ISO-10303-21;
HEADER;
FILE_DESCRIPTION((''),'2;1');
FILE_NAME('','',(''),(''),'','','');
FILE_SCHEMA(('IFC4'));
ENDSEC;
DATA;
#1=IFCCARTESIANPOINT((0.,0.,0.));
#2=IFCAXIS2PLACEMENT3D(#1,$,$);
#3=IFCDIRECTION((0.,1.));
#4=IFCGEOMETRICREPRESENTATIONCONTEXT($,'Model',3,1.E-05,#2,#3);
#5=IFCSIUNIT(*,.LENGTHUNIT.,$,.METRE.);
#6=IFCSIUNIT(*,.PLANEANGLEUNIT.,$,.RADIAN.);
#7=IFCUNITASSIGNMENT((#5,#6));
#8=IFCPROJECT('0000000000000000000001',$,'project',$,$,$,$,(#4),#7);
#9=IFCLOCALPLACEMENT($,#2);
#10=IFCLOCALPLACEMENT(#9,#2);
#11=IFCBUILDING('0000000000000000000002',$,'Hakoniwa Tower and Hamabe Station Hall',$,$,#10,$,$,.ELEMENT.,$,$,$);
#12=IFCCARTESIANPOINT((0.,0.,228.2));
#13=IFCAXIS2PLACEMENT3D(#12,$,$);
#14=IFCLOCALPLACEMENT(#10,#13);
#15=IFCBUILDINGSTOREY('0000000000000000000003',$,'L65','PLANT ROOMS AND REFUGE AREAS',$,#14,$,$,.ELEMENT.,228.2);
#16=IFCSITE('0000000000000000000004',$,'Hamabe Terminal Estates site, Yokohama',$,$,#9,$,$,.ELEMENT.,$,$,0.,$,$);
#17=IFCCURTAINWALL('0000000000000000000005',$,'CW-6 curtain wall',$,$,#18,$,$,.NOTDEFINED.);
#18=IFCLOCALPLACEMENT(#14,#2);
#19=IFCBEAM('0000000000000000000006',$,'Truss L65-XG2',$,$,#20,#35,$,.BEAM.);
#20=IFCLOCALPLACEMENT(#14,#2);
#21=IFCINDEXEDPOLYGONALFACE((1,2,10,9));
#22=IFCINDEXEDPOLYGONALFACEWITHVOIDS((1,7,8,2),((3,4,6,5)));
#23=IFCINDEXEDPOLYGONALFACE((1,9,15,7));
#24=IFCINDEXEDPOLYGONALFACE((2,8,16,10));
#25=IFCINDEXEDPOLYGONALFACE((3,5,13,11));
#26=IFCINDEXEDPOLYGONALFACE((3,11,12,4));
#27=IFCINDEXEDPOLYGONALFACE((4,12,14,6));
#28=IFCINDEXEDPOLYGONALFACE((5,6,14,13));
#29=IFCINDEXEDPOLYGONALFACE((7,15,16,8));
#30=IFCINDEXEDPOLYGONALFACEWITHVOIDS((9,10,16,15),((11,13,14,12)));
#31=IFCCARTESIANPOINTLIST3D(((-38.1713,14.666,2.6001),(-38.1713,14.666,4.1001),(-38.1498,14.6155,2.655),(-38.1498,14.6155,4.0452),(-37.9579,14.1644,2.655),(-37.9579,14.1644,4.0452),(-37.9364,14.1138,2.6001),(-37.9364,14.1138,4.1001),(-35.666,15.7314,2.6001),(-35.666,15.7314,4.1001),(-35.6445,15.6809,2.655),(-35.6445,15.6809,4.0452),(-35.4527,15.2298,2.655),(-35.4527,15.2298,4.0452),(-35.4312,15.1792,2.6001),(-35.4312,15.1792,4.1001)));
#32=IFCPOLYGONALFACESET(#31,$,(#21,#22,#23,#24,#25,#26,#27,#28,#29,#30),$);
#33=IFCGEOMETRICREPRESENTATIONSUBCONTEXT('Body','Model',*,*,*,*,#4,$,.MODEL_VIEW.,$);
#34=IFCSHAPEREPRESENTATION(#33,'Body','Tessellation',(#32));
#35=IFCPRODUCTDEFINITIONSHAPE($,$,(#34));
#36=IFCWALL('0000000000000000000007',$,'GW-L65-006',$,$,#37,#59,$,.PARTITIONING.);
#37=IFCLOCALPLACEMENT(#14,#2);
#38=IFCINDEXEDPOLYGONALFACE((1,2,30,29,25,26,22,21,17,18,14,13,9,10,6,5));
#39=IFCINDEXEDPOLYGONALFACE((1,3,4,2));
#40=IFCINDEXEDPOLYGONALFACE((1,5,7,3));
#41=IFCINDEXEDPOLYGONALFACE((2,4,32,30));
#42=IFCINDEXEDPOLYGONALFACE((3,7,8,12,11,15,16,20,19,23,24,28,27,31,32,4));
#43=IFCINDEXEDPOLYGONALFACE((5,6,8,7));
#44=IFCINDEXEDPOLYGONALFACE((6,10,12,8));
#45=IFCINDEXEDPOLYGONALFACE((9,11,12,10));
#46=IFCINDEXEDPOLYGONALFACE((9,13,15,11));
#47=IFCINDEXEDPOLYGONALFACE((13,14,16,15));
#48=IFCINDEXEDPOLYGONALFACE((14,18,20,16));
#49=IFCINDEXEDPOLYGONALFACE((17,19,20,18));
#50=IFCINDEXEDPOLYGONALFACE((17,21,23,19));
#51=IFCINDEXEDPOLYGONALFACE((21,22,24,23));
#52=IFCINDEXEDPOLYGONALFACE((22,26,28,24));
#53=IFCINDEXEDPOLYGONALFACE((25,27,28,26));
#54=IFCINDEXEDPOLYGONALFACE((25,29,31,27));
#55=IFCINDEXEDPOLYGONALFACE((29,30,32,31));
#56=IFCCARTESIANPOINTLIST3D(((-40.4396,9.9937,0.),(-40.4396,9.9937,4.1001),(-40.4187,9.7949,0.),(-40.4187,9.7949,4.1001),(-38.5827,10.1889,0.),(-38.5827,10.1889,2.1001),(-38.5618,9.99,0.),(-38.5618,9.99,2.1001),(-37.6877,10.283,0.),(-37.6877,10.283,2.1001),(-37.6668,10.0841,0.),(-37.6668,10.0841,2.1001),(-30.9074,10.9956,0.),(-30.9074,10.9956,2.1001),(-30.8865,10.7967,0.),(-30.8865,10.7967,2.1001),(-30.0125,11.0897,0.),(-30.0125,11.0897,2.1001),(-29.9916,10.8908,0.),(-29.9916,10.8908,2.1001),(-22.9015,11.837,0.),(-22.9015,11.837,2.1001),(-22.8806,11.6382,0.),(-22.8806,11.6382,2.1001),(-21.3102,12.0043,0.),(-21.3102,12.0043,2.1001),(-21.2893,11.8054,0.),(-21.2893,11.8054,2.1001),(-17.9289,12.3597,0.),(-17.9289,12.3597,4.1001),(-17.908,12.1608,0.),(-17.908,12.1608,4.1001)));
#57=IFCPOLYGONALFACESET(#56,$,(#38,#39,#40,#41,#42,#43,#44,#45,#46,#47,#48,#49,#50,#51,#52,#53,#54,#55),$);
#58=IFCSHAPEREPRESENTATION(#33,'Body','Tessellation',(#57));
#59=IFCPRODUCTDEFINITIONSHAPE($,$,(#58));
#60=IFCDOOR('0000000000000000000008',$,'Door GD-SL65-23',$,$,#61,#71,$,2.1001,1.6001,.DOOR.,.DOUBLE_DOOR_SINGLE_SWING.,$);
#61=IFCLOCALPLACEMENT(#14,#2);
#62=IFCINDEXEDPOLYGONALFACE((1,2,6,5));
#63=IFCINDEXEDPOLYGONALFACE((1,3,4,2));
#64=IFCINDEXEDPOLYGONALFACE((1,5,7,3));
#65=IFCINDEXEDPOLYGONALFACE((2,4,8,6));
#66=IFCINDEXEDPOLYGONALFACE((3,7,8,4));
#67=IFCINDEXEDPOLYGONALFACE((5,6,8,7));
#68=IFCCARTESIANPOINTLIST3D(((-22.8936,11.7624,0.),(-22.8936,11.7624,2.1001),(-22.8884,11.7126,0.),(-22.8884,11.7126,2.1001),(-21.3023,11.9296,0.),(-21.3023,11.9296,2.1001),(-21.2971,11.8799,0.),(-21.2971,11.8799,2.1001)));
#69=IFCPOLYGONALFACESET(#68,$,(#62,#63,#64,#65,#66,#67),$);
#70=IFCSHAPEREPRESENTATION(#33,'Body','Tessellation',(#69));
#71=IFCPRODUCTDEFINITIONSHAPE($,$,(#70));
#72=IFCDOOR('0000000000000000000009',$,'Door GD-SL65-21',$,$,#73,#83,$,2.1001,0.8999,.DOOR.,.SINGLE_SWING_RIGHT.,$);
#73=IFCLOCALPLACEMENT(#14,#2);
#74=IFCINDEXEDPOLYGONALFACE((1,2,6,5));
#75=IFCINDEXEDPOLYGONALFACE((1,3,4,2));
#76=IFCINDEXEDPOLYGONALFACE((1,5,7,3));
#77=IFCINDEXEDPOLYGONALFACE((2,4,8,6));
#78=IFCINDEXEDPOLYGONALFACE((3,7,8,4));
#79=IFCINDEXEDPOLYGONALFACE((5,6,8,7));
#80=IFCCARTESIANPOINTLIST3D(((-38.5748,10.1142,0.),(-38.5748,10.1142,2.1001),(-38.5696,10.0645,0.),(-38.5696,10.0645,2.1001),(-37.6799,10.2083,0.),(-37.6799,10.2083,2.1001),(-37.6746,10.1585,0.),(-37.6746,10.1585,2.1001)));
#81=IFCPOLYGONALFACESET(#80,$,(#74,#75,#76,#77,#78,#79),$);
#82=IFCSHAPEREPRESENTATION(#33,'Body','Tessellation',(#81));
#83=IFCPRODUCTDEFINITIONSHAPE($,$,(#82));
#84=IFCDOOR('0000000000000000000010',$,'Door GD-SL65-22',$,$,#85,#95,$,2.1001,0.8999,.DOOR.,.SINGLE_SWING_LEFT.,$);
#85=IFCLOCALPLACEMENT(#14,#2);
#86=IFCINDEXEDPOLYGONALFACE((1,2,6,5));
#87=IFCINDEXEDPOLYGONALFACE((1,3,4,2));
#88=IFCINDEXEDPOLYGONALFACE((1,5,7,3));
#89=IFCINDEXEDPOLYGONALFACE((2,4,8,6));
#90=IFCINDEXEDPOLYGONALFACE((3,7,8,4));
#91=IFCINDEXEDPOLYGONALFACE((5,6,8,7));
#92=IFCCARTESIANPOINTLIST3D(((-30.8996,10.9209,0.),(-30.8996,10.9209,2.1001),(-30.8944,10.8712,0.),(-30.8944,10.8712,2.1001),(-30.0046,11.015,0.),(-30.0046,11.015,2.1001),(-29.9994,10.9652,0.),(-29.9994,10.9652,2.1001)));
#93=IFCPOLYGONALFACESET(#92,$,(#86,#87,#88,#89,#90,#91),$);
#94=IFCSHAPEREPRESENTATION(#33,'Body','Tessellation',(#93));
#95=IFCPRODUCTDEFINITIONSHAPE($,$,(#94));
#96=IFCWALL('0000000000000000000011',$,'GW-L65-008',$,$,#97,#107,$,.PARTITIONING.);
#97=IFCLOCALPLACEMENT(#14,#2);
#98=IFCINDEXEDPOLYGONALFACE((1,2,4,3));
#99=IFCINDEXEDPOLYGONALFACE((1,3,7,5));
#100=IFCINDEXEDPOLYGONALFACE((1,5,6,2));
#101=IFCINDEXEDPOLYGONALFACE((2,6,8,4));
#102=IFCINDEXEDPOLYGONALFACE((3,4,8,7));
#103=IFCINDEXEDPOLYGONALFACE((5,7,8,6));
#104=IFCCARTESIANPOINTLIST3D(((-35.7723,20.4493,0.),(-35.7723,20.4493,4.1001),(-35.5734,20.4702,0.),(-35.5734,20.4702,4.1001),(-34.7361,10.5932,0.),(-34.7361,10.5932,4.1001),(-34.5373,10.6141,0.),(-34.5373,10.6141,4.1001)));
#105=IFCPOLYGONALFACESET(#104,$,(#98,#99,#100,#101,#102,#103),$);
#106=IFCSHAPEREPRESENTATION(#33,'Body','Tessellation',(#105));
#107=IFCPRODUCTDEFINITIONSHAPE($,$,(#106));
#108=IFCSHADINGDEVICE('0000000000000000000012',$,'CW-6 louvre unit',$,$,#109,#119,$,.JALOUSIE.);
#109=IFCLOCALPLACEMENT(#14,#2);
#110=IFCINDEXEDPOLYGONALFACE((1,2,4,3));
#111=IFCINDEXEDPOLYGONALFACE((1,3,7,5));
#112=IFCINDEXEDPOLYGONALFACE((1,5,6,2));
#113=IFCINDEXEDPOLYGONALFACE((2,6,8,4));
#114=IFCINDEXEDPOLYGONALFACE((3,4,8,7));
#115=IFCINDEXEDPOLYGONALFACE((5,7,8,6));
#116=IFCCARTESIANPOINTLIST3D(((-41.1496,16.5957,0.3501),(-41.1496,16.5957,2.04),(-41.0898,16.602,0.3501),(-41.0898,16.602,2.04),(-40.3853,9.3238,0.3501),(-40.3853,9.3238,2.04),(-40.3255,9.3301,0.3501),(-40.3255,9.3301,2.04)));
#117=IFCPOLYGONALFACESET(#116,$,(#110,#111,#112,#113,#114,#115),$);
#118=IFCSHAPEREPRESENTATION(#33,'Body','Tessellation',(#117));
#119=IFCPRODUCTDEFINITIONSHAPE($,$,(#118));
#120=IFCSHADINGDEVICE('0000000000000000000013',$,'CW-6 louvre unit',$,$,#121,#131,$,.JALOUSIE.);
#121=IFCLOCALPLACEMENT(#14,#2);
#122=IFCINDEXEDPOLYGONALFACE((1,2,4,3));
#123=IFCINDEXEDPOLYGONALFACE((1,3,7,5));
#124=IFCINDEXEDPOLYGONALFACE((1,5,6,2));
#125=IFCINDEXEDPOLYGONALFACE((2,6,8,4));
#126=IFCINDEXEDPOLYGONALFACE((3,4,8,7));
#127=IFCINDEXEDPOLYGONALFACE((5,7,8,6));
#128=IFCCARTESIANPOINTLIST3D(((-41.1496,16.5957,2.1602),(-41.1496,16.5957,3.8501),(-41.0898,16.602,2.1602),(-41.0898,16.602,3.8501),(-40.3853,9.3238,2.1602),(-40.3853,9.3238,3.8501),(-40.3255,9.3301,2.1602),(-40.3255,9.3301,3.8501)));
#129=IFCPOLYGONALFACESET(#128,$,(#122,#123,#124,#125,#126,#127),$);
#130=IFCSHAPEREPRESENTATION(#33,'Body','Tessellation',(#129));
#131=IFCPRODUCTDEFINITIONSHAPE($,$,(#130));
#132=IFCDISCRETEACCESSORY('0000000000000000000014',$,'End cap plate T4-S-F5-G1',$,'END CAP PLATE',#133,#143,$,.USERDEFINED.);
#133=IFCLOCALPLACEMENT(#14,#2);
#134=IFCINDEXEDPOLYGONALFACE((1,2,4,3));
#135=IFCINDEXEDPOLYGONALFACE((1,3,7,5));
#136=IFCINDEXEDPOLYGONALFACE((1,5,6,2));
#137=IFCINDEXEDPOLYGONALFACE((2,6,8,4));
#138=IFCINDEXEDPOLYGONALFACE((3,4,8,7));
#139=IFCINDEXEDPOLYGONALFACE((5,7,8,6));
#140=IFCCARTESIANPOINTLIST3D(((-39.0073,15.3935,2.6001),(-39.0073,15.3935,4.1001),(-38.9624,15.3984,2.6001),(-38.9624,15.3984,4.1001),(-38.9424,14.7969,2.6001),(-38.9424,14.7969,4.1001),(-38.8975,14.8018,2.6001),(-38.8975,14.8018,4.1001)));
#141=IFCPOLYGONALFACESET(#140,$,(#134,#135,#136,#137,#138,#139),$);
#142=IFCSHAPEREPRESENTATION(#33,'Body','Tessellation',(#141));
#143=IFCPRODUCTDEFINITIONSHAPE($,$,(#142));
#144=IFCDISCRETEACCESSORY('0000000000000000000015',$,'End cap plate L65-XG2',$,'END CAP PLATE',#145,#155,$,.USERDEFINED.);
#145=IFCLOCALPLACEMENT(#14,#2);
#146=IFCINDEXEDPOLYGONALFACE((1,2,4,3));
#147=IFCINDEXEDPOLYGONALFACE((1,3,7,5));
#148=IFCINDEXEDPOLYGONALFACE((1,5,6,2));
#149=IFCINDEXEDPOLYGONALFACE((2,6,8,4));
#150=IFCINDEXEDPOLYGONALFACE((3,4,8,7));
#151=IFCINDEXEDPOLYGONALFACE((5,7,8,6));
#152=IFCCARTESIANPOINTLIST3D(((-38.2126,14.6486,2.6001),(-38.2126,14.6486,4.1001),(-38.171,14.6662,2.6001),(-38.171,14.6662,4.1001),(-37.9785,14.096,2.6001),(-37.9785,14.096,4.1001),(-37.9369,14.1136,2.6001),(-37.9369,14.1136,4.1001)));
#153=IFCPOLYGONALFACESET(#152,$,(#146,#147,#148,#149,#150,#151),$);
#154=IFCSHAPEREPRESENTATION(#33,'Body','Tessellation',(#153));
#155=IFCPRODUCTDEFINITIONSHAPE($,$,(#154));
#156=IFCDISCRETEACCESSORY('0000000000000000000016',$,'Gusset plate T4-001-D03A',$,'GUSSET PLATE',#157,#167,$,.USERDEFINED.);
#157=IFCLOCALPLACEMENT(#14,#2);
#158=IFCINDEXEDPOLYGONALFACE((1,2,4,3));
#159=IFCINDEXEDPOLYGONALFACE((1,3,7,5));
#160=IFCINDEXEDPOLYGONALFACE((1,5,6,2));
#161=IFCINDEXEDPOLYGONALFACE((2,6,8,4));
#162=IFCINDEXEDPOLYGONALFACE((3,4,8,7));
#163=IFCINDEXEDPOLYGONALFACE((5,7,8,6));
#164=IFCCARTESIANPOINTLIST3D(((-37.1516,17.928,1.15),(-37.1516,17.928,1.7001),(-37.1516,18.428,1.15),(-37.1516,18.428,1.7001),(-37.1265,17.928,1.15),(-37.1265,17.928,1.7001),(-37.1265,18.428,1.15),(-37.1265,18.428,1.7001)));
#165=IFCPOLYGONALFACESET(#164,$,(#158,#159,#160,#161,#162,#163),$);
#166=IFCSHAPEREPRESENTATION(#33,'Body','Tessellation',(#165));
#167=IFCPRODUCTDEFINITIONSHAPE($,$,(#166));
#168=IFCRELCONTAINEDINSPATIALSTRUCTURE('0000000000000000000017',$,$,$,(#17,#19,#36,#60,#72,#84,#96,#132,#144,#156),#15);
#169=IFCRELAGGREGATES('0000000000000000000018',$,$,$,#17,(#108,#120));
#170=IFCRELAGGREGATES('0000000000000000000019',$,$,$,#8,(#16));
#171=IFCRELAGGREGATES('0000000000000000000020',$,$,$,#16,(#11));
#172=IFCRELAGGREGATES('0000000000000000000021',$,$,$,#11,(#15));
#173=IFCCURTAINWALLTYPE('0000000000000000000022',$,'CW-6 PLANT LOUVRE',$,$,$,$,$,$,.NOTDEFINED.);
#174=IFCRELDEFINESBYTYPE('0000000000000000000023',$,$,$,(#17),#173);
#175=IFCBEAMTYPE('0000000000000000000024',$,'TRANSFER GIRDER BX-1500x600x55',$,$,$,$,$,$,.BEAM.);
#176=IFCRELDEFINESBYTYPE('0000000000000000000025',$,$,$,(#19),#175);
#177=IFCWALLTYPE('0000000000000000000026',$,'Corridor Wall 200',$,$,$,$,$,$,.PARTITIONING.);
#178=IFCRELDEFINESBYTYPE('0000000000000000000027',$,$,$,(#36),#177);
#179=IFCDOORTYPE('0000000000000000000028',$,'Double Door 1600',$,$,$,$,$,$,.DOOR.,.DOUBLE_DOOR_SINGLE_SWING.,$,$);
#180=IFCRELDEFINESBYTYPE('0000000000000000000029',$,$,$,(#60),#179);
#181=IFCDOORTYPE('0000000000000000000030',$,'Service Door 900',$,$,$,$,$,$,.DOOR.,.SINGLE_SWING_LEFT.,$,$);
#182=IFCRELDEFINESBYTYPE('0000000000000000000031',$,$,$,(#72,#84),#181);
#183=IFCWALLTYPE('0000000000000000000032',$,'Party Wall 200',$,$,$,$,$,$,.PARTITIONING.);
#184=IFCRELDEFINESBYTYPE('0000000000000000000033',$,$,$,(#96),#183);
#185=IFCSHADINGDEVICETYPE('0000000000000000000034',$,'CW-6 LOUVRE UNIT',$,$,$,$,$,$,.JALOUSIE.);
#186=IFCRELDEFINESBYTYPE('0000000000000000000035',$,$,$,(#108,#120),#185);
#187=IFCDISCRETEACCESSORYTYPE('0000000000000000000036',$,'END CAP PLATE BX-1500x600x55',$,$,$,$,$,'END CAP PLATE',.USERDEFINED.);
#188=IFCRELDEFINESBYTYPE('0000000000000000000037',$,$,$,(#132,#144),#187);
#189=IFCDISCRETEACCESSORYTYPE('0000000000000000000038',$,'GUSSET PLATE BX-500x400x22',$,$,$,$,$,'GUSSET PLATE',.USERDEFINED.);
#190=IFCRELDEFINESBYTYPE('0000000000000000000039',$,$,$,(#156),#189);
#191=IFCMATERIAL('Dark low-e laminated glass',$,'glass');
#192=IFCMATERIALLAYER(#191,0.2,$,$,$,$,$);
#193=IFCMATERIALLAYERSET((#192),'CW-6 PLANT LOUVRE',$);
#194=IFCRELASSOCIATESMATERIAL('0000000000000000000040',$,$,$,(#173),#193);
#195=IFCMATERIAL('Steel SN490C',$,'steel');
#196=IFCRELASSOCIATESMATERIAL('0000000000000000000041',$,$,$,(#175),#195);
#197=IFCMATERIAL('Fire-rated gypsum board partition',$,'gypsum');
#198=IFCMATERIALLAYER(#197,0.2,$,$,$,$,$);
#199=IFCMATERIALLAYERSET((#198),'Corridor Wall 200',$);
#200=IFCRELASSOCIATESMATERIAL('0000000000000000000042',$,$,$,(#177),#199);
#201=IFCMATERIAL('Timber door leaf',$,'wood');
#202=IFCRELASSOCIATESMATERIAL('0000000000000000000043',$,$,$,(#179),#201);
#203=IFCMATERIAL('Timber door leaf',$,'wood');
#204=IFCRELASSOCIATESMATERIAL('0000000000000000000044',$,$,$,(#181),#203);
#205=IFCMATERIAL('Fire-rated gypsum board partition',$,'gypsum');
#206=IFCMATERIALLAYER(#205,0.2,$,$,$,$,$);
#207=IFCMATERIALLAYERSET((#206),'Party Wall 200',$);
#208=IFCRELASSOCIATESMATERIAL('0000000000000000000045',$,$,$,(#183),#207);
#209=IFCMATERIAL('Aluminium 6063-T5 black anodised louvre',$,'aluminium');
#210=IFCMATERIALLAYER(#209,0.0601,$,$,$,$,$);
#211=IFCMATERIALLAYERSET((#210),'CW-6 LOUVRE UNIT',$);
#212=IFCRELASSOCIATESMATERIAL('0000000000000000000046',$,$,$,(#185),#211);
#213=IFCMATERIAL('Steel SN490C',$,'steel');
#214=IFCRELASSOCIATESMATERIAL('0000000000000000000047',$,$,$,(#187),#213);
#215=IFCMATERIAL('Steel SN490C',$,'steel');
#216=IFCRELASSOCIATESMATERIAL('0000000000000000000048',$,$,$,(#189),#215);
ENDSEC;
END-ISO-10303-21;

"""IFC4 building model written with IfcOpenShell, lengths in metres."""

from ifc_helpers import new_model, si_unit, direction, frame, frame_2d, origin, origin_2d, place, context, subcontext, project, spatial, rectangle, hollow_rectangle, extrude, material, layer, layer_set, material_profile, profile_set, type_object, element, fill, aggregate, save


model = new_model("IFC4")

# Units and contexts
model_context = context("Model", 3, precision=1e-05, world=origin(), true_north=direction((0.0, 1.0)))
body_context = subcontext(model_context, "Body", "Model", "MODEL_VIEW")
ifc_project = project(units=[si_unit("LENGTHUNIT", "METRE"), si_unit("PLANEANGLEUNIT", "RADIAN")], contexts=[model_context])

# Site, building, storey
site_placement = place(None, origin())
site = spatial("IfcSite", under=ifc_project, at=site_placement, Name="Hamabe Terminal Estates site, Yokohama", CompositionType="ELEMENT", RefElevation=0.0)
building_placement = place(site_placement, origin())
building = spatial("IfcBuilding", under=site, at=building_placement, Name="Hakoniwa Tower and Hamabe Station Hall", CompositionType="ELEMENT")
storey_placement = place(building_placement, frame((0.0, 0.0, 228.2)))
storey = spatial("IfcBuildingStorey", under=building, at=storey_placement, Name="L65", Description="PLANT ROOMS AND REFUGE AREAS", CompositionType="ELEMENT", Elevation=228.2)

# Curtain wall
ifc_material_1 = material(Name="Dark low-e laminated glass", Category="glass")
ifc_layer_1 = layer(ifc_material_1, 0.2)
ifc_layer_set_1 = layer_set([ifc_layer_1], Name="CW-6 PLANT LOUVRE")
curtain_wall_type = type_object("IfcCurtainWallType", Name="CW-6 PLANT LOUVRE", PredefinedType="NOTDEFINED", material=ifc_layer_set_1)
curtain_wall_1_placement = place(storey_placement, origin())
curtain_wall_1 = element("IfcCurtainWall", 1, at=curtain_wall_1_placement, inside=storey, type_object=curtain_wall_type, Name="CW-6 curtain wall", PredefinedType="NOTDEFINED")

# Beam
ifc_material_2 = material(Name="Steel SN490C", Category="steel")
ifc_material_profile_1 = material_profile(ifc_material_2, hollow_rectangle(XDim=0.6001, YDim=1.5, WallThickness=0.0549, at=origin_2d()), Name="BX-1500x600x55")
ifc_profile_set_1 = profile_set([ifc_material_profile_1], Name="Steel SN490C")
beam_type = type_object("IfcBeamType", Name="TRANSFER GIRDER BX-1500x600x55", PredefinedType="BEAM", material=ifc_profile_set_1)
beam_1_placement = place(storey_placement, frame((-35.5486, 15.4553, 3.3501), z_axis=(-0.920245, -0.391342, 0.0), x_axis=(0.391342, -0.920245, 0.0)))
element("IfcBeam", 2, at=beam_1_placement, inside=storey, type_object=beam_type, Name="Truss L65-XG2", PredefinedType="BEAM", context=body_context, shape_type="SweptSolid", body=[
    extrude(hollow_rectangle(XDim=0.6001, YDim=1.5, WallThickness=0.0549, at=origin_2d()), origin(), (0.0, 0.0, 1.0), 2.7224),
])

# Wall, openings, doors
ifc_material_3 = material(Name="Fire-rated gypsum board partition", Category="gypsum")
ifc_layer_2 = layer(ifc_material_3, 0.2)
ifc_layer_set_2 = layer_set([ifc_layer_2], Name="Corridor Wall 200")
wall_type_1 = type_object("IfcWallType", Name="Corridor Wall 200", PredefinedType="PARTITIONING", material=ifc_layer_set_2)
wall_1_placement = place(storey_placement, frame((-40.4292, 9.8943, 0.0), z_axis=(0.0, 0.0, 1.0), x_axis=(0.994522, 0.104528, 0.0)))
wall_1 = element("IfcWall", 3, at=wall_1_placement, inside=storey, type_object=wall_type_1, Name="GW-L65-006", PredefinedType="PARTITIONING", context=body_context, shape_type="SweptSolid", body=[
    extrude(rectangle(XDim=22.6348, YDim=0.2, at=frame_2d((11.3174, 0.0))), origin(), (0.0, 0.0, 1.0), 4.1001),
])
opening_1_placement = place(wall_1_placement, frame((1.8672, 0.0, 0.0)))
opening_1 = element("IfcOpeningElement", 4, at=opening_1_placement, cuts=wall_1, PredefinedType="OPENING", context=body_context, shape_type="SweptSolid", body=[
    extrude(rectangle(XDim=0.8999, YDim=2.1001, at=frame_2d((0.45, 1.05))), frame((0.0, 0.1099, 0.0), z_axis=(0.0, -1.0, 0.0), x_axis=(1.0, 0.0, 0.0)), (0.0, 0.0, 1.0), 0.22),
])
opening_2_placement = place(wall_1_placement, frame((9.5847, 0.0, 0.0)))
opening_2 = element("IfcOpeningElement", 5, at=opening_2_placement, cuts=wall_1, PredefinedType="OPENING", context=body_context, shape_type="SweptSolid", body=[
    extrude(rectangle(XDim=0.8999, YDim=2.1001, at=frame_2d((0.45, 1.05))), frame((0.0, 0.1099, 0.0), z_axis=(0.0, -1.0, 0.0), x_axis=(1.0, 0.0, 0.0)), (0.0, 0.0, 1.0), 0.22),
])
opening_3_placement = place(wall_1_placement, frame((17.6348, 0.0, 0.0)))
opening_3 = element("IfcOpeningElement", 6, at=opening_3_placement, cuts=wall_1, PredefinedType="OPENING", context=body_context, shape_type="SweptSolid", body=[
    extrude(rectangle(XDim=1.6001, YDim=2.1001, at=frame_2d((0.8, 1.05))), frame((0.0, 0.1099, 0.0), z_axis=(0.0, -1.0, 0.0), x_axis=(1.0, 0.0, 0.0)), (0.0, 0.0, 1.0), 0.22),
])
ifc_material_4 = material(Name="Timber door leaf", Category="wood")
door_type_1 = type_object("IfcDoorType", Name="Double Door 1600", OperationType="DOUBLE_DOOR_SINGLE_SWING", PredefinedType="DOOR", material=ifc_material_4)
door_1_placement = place(opening_3_placement, origin())
door_1 = element("IfcDoor", 7, at=door_1_placement, inside=storey, type_object=door_type_1, Name="Door GD-SL65-23", OperationType="DOUBLE_DOOR_SINGLE_SWING", OverallHeight=2.1001, OverallWidth=1.6001, PredefinedType="DOOR", context=body_context, shape_type="SweptSolid", body=[
    extrude(rectangle(XDim=1.6001, YDim=2.1001, at=frame_2d((0.8, 1.05))), frame((0.0, 0.0249, 0.0), z_axis=(0.0, -1.0, 0.0), x_axis=(1.0, 0.0, 0.0)), (0.0, 0.0, 1.0), 0.05),
])
fill(opening_3, door_1)
ifc_material_5 = material(Name="Timber door leaf", Category="wood")
door_type_2 = type_object("IfcDoorType", Name="Service Door 900", OperationType="SINGLE_SWING_LEFT", PredefinedType="DOOR", material=ifc_material_5)
door_2_placement = place(opening_1_placement, origin())
door_2 = element("IfcDoor", 8, at=door_2_placement, inside=storey, type_object=door_type_2, Name="Door GD-SL65-21", OperationType="SINGLE_SWING_RIGHT", OverallHeight=2.1001, OverallWidth=0.8999, PredefinedType="DOOR", context=body_context, shape_type="SweptSolid", body=[
    extrude(rectangle(XDim=0.8999, YDim=2.1001, at=frame_2d((0.45, 1.05))), frame((0.0, 0.0249, 0.0), z_axis=(0.0, -1.0, 0.0), x_axis=(1.0, 0.0, 0.0)), (0.0, 0.0, 1.0), 0.05),
])
fill(opening_1, door_2)
door_3_placement = place(opening_2_placement, origin())
door_3 = element("IfcDoor", 9, at=door_3_placement, inside=storey, type_object=door_type_2, Name="Door GD-SL65-22", OperationType="SINGLE_SWING_LEFT", OverallHeight=2.1001, OverallWidth=0.8999, PredefinedType="DOOR", context=body_context, shape_type="SweptSolid", body=[
    extrude(rectangle(XDim=0.8999, YDim=2.1001, at=frame_2d((0.45, 1.05))), frame((0.0, 0.0249, 0.0), z_axis=(0.0, -1.0, 0.0), x_axis=(1.0, 0.0, 0.0)), (0.0, 0.0, 1.0), 0.05),
])
fill(opening_2, door_3)

# Wall
ifc_material_6 = material(Name="Fire-rated gypsum board partition", Category="gypsum")
ifc_layer_3 = layer(ifc_material_6, 0.2)
ifc_layer_set_3 = layer_set([ifc_layer_3], Name="Party Wall 200")
wall_type_2 = type_object("IfcWallType", Name="Party Wall 200", PredefinedType="PARTITIONING", material=ifc_layer_set_3)
wall_2_placement = place(storey_placement, frame((-34.6367, 10.6038, 0.0), z_axis=(0.0, 0.0, 1.0), x_axis=(-0.104549, 0.99452, 0.0)))
element("IfcWall", 10, at=wall_2_placement, inside=storey, type_object=wall_type_2, Name="GW-L65-008", PredefinedType="PARTITIONING", context=body_context, shape_type="SweptSolid", body=[
    extrude(rectangle(XDim=9.9104, YDim=0.2, at=frame_2d((4.9551, 0.0))), origin(), (0.0, 0.0, 1.0), 4.1001),
])

# Shading devices
ifc_material_7 = material(Name="Aluminium 6063-T5 black anodised louvre", Category="aluminium")
ifc_layer_4 = layer(ifc_material_7, 0.0601)
ifc_layer_set_4 = layer_set([ifc_layer_4], Name="CW-6 LOUVRE UNIT")
shading_device_type = type_object("IfcShadingDeviceType", Name="CW-6 LOUVRE UNIT", PredefinedType="JALOUSIE", material=ifc_layer_set_4)
shading_device_1_placement = place(storey_placement, frame((-40.7375, 12.9629, 0.3501), z_axis=(0.0, 0.0, 1.0), x_axis=(0.104528, -0.994522, 0.0)))
shading_device_1 = element("IfcShadingDevice", 11, at=shading_device_1_placement, type_object=shading_device_type, Name="CW-6 louvre unit", PredefinedType="JALOUSIE", context=body_context, shape_type="SweptSolid", body=[
    extrude(rectangle(XDim=7.312, YDim=0.0601, at=origin_2d()), origin(), (0.0, 0.0, 1.0), 1.6899),
])
shading_device_2_placement = place(storey_placement, frame((-40.7375, 12.9629, 2.1602), z_axis=(0.0, 0.0, 1.0), x_axis=(0.104528, -0.994522, 0.0)))
shading_device_2 = element("IfcShadingDevice", 12, at=shading_device_2_placement, type_object=shading_device_type, Name="CW-6 louvre unit", PredefinedType="JALOUSIE", context=body_context, shape_type="SweptSolid", body=[
    extrude(rectangle(XDim=7.312, YDim=0.0601, at=origin_2d()), origin(), (0.0, 0.0, 1.0), 1.6899),
])
aggregate(curtain_wall_1, [shading_device_1, shading_device_2])

# Discrete accessories
ifc_material_8 = material(Name="Steel SN490C", Category="steel")
ifc_material_profile_2 = material_profile(ifc_material_8, rectangle(XDim=0.6001, YDim=1.5, at=origin_2d()), Name="END CAP PLATE BX-1500x600x55")
ifc_profile_set_2 = profile_set([ifc_material_profile_2], Name="Steel SN490C")
discrete_accessory_type_1 = type_object("IfcDiscreteAccessoryType", Name="END CAP PLATE BX-1500x600x55", ElementType="END CAP PLATE", PredefinedType="USERDEFINED", material=ifc_profile_set_2)
for number, where, z_axis, x_axis, name in (
    (13, (-38.9749, 15.0952, 3.3501), (0.994144, 0.108059, 0.0), (-0.108059, 0.994144, 0.0), "End cap plate T4-S-F5-G1"),
    (14, (-38.054, 14.3899, 3.3501), (-0.920818, -0.389993, 0.0), (0.389993, -0.920818, 0.0), "End cap plate L65-XG2"),
):
    element("IfcDiscreteAccessory", number, at=place(storey_placement, frame(where, z_axis=z_axis, x_axis=x_axis)), inside=storey, type_object=discrete_accessory_type_1, Name=name, ObjectType="END CAP PLATE", PredefinedType="USERDEFINED", context=body_context, shape_type="SweptSolid", body=[
        extrude(rectangle(XDim=0.6001, YDim=1.5, at=origin_2d()), origin(), (0.0, 0.0, 1.0), 0.0452),
    ])
ifc_material_9 = material(Name="Steel SN490C", Category="steel")
ifc_material_profile_3 = material_profile(ifc_material_9, rectangle(XDim=0.5, YDim=0.55, at=origin_2d()), Name="GUSSET PLATE BX-500x400x22")
ifc_profile_set_3 = profile_set([ifc_material_profile_3], Name="Steel SN490C")
discrete_accessory_type_2 = type_object("IfcDiscreteAccessoryType", Name="GUSSET PLATE BX-500x400x22", ElementType="GUSSET PLATE", PredefinedType="USERDEFINED", material=ifc_profile_set_3)
for number, where, z_axis, x_axis, name in (
    (15, (-37.1265, 18.178, 1.425), (-1.0, 0.0, 0.0), (0.0, -1.0, 0.0), "Gusset plate T4-001-D03A"),
):
    element("IfcDiscreteAccessory", number, at=place(storey_placement, frame(where, z_axis=z_axis, x_axis=x_axis)), inside=storey, type_object=discrete_accessory_type_2, Name=name, ObjectType="GUSSET PLATE", PredefinedType="USERDEFINED", context=body_context, shape_type="SweptSolid", body=[
        extrude(rectangle(XDim=0.5, YDim=0.55, at=origin_2d()), origin(), (0.0, 0.0, 1.0), 0.0251),
    ])

save(model, "model.ifc")
